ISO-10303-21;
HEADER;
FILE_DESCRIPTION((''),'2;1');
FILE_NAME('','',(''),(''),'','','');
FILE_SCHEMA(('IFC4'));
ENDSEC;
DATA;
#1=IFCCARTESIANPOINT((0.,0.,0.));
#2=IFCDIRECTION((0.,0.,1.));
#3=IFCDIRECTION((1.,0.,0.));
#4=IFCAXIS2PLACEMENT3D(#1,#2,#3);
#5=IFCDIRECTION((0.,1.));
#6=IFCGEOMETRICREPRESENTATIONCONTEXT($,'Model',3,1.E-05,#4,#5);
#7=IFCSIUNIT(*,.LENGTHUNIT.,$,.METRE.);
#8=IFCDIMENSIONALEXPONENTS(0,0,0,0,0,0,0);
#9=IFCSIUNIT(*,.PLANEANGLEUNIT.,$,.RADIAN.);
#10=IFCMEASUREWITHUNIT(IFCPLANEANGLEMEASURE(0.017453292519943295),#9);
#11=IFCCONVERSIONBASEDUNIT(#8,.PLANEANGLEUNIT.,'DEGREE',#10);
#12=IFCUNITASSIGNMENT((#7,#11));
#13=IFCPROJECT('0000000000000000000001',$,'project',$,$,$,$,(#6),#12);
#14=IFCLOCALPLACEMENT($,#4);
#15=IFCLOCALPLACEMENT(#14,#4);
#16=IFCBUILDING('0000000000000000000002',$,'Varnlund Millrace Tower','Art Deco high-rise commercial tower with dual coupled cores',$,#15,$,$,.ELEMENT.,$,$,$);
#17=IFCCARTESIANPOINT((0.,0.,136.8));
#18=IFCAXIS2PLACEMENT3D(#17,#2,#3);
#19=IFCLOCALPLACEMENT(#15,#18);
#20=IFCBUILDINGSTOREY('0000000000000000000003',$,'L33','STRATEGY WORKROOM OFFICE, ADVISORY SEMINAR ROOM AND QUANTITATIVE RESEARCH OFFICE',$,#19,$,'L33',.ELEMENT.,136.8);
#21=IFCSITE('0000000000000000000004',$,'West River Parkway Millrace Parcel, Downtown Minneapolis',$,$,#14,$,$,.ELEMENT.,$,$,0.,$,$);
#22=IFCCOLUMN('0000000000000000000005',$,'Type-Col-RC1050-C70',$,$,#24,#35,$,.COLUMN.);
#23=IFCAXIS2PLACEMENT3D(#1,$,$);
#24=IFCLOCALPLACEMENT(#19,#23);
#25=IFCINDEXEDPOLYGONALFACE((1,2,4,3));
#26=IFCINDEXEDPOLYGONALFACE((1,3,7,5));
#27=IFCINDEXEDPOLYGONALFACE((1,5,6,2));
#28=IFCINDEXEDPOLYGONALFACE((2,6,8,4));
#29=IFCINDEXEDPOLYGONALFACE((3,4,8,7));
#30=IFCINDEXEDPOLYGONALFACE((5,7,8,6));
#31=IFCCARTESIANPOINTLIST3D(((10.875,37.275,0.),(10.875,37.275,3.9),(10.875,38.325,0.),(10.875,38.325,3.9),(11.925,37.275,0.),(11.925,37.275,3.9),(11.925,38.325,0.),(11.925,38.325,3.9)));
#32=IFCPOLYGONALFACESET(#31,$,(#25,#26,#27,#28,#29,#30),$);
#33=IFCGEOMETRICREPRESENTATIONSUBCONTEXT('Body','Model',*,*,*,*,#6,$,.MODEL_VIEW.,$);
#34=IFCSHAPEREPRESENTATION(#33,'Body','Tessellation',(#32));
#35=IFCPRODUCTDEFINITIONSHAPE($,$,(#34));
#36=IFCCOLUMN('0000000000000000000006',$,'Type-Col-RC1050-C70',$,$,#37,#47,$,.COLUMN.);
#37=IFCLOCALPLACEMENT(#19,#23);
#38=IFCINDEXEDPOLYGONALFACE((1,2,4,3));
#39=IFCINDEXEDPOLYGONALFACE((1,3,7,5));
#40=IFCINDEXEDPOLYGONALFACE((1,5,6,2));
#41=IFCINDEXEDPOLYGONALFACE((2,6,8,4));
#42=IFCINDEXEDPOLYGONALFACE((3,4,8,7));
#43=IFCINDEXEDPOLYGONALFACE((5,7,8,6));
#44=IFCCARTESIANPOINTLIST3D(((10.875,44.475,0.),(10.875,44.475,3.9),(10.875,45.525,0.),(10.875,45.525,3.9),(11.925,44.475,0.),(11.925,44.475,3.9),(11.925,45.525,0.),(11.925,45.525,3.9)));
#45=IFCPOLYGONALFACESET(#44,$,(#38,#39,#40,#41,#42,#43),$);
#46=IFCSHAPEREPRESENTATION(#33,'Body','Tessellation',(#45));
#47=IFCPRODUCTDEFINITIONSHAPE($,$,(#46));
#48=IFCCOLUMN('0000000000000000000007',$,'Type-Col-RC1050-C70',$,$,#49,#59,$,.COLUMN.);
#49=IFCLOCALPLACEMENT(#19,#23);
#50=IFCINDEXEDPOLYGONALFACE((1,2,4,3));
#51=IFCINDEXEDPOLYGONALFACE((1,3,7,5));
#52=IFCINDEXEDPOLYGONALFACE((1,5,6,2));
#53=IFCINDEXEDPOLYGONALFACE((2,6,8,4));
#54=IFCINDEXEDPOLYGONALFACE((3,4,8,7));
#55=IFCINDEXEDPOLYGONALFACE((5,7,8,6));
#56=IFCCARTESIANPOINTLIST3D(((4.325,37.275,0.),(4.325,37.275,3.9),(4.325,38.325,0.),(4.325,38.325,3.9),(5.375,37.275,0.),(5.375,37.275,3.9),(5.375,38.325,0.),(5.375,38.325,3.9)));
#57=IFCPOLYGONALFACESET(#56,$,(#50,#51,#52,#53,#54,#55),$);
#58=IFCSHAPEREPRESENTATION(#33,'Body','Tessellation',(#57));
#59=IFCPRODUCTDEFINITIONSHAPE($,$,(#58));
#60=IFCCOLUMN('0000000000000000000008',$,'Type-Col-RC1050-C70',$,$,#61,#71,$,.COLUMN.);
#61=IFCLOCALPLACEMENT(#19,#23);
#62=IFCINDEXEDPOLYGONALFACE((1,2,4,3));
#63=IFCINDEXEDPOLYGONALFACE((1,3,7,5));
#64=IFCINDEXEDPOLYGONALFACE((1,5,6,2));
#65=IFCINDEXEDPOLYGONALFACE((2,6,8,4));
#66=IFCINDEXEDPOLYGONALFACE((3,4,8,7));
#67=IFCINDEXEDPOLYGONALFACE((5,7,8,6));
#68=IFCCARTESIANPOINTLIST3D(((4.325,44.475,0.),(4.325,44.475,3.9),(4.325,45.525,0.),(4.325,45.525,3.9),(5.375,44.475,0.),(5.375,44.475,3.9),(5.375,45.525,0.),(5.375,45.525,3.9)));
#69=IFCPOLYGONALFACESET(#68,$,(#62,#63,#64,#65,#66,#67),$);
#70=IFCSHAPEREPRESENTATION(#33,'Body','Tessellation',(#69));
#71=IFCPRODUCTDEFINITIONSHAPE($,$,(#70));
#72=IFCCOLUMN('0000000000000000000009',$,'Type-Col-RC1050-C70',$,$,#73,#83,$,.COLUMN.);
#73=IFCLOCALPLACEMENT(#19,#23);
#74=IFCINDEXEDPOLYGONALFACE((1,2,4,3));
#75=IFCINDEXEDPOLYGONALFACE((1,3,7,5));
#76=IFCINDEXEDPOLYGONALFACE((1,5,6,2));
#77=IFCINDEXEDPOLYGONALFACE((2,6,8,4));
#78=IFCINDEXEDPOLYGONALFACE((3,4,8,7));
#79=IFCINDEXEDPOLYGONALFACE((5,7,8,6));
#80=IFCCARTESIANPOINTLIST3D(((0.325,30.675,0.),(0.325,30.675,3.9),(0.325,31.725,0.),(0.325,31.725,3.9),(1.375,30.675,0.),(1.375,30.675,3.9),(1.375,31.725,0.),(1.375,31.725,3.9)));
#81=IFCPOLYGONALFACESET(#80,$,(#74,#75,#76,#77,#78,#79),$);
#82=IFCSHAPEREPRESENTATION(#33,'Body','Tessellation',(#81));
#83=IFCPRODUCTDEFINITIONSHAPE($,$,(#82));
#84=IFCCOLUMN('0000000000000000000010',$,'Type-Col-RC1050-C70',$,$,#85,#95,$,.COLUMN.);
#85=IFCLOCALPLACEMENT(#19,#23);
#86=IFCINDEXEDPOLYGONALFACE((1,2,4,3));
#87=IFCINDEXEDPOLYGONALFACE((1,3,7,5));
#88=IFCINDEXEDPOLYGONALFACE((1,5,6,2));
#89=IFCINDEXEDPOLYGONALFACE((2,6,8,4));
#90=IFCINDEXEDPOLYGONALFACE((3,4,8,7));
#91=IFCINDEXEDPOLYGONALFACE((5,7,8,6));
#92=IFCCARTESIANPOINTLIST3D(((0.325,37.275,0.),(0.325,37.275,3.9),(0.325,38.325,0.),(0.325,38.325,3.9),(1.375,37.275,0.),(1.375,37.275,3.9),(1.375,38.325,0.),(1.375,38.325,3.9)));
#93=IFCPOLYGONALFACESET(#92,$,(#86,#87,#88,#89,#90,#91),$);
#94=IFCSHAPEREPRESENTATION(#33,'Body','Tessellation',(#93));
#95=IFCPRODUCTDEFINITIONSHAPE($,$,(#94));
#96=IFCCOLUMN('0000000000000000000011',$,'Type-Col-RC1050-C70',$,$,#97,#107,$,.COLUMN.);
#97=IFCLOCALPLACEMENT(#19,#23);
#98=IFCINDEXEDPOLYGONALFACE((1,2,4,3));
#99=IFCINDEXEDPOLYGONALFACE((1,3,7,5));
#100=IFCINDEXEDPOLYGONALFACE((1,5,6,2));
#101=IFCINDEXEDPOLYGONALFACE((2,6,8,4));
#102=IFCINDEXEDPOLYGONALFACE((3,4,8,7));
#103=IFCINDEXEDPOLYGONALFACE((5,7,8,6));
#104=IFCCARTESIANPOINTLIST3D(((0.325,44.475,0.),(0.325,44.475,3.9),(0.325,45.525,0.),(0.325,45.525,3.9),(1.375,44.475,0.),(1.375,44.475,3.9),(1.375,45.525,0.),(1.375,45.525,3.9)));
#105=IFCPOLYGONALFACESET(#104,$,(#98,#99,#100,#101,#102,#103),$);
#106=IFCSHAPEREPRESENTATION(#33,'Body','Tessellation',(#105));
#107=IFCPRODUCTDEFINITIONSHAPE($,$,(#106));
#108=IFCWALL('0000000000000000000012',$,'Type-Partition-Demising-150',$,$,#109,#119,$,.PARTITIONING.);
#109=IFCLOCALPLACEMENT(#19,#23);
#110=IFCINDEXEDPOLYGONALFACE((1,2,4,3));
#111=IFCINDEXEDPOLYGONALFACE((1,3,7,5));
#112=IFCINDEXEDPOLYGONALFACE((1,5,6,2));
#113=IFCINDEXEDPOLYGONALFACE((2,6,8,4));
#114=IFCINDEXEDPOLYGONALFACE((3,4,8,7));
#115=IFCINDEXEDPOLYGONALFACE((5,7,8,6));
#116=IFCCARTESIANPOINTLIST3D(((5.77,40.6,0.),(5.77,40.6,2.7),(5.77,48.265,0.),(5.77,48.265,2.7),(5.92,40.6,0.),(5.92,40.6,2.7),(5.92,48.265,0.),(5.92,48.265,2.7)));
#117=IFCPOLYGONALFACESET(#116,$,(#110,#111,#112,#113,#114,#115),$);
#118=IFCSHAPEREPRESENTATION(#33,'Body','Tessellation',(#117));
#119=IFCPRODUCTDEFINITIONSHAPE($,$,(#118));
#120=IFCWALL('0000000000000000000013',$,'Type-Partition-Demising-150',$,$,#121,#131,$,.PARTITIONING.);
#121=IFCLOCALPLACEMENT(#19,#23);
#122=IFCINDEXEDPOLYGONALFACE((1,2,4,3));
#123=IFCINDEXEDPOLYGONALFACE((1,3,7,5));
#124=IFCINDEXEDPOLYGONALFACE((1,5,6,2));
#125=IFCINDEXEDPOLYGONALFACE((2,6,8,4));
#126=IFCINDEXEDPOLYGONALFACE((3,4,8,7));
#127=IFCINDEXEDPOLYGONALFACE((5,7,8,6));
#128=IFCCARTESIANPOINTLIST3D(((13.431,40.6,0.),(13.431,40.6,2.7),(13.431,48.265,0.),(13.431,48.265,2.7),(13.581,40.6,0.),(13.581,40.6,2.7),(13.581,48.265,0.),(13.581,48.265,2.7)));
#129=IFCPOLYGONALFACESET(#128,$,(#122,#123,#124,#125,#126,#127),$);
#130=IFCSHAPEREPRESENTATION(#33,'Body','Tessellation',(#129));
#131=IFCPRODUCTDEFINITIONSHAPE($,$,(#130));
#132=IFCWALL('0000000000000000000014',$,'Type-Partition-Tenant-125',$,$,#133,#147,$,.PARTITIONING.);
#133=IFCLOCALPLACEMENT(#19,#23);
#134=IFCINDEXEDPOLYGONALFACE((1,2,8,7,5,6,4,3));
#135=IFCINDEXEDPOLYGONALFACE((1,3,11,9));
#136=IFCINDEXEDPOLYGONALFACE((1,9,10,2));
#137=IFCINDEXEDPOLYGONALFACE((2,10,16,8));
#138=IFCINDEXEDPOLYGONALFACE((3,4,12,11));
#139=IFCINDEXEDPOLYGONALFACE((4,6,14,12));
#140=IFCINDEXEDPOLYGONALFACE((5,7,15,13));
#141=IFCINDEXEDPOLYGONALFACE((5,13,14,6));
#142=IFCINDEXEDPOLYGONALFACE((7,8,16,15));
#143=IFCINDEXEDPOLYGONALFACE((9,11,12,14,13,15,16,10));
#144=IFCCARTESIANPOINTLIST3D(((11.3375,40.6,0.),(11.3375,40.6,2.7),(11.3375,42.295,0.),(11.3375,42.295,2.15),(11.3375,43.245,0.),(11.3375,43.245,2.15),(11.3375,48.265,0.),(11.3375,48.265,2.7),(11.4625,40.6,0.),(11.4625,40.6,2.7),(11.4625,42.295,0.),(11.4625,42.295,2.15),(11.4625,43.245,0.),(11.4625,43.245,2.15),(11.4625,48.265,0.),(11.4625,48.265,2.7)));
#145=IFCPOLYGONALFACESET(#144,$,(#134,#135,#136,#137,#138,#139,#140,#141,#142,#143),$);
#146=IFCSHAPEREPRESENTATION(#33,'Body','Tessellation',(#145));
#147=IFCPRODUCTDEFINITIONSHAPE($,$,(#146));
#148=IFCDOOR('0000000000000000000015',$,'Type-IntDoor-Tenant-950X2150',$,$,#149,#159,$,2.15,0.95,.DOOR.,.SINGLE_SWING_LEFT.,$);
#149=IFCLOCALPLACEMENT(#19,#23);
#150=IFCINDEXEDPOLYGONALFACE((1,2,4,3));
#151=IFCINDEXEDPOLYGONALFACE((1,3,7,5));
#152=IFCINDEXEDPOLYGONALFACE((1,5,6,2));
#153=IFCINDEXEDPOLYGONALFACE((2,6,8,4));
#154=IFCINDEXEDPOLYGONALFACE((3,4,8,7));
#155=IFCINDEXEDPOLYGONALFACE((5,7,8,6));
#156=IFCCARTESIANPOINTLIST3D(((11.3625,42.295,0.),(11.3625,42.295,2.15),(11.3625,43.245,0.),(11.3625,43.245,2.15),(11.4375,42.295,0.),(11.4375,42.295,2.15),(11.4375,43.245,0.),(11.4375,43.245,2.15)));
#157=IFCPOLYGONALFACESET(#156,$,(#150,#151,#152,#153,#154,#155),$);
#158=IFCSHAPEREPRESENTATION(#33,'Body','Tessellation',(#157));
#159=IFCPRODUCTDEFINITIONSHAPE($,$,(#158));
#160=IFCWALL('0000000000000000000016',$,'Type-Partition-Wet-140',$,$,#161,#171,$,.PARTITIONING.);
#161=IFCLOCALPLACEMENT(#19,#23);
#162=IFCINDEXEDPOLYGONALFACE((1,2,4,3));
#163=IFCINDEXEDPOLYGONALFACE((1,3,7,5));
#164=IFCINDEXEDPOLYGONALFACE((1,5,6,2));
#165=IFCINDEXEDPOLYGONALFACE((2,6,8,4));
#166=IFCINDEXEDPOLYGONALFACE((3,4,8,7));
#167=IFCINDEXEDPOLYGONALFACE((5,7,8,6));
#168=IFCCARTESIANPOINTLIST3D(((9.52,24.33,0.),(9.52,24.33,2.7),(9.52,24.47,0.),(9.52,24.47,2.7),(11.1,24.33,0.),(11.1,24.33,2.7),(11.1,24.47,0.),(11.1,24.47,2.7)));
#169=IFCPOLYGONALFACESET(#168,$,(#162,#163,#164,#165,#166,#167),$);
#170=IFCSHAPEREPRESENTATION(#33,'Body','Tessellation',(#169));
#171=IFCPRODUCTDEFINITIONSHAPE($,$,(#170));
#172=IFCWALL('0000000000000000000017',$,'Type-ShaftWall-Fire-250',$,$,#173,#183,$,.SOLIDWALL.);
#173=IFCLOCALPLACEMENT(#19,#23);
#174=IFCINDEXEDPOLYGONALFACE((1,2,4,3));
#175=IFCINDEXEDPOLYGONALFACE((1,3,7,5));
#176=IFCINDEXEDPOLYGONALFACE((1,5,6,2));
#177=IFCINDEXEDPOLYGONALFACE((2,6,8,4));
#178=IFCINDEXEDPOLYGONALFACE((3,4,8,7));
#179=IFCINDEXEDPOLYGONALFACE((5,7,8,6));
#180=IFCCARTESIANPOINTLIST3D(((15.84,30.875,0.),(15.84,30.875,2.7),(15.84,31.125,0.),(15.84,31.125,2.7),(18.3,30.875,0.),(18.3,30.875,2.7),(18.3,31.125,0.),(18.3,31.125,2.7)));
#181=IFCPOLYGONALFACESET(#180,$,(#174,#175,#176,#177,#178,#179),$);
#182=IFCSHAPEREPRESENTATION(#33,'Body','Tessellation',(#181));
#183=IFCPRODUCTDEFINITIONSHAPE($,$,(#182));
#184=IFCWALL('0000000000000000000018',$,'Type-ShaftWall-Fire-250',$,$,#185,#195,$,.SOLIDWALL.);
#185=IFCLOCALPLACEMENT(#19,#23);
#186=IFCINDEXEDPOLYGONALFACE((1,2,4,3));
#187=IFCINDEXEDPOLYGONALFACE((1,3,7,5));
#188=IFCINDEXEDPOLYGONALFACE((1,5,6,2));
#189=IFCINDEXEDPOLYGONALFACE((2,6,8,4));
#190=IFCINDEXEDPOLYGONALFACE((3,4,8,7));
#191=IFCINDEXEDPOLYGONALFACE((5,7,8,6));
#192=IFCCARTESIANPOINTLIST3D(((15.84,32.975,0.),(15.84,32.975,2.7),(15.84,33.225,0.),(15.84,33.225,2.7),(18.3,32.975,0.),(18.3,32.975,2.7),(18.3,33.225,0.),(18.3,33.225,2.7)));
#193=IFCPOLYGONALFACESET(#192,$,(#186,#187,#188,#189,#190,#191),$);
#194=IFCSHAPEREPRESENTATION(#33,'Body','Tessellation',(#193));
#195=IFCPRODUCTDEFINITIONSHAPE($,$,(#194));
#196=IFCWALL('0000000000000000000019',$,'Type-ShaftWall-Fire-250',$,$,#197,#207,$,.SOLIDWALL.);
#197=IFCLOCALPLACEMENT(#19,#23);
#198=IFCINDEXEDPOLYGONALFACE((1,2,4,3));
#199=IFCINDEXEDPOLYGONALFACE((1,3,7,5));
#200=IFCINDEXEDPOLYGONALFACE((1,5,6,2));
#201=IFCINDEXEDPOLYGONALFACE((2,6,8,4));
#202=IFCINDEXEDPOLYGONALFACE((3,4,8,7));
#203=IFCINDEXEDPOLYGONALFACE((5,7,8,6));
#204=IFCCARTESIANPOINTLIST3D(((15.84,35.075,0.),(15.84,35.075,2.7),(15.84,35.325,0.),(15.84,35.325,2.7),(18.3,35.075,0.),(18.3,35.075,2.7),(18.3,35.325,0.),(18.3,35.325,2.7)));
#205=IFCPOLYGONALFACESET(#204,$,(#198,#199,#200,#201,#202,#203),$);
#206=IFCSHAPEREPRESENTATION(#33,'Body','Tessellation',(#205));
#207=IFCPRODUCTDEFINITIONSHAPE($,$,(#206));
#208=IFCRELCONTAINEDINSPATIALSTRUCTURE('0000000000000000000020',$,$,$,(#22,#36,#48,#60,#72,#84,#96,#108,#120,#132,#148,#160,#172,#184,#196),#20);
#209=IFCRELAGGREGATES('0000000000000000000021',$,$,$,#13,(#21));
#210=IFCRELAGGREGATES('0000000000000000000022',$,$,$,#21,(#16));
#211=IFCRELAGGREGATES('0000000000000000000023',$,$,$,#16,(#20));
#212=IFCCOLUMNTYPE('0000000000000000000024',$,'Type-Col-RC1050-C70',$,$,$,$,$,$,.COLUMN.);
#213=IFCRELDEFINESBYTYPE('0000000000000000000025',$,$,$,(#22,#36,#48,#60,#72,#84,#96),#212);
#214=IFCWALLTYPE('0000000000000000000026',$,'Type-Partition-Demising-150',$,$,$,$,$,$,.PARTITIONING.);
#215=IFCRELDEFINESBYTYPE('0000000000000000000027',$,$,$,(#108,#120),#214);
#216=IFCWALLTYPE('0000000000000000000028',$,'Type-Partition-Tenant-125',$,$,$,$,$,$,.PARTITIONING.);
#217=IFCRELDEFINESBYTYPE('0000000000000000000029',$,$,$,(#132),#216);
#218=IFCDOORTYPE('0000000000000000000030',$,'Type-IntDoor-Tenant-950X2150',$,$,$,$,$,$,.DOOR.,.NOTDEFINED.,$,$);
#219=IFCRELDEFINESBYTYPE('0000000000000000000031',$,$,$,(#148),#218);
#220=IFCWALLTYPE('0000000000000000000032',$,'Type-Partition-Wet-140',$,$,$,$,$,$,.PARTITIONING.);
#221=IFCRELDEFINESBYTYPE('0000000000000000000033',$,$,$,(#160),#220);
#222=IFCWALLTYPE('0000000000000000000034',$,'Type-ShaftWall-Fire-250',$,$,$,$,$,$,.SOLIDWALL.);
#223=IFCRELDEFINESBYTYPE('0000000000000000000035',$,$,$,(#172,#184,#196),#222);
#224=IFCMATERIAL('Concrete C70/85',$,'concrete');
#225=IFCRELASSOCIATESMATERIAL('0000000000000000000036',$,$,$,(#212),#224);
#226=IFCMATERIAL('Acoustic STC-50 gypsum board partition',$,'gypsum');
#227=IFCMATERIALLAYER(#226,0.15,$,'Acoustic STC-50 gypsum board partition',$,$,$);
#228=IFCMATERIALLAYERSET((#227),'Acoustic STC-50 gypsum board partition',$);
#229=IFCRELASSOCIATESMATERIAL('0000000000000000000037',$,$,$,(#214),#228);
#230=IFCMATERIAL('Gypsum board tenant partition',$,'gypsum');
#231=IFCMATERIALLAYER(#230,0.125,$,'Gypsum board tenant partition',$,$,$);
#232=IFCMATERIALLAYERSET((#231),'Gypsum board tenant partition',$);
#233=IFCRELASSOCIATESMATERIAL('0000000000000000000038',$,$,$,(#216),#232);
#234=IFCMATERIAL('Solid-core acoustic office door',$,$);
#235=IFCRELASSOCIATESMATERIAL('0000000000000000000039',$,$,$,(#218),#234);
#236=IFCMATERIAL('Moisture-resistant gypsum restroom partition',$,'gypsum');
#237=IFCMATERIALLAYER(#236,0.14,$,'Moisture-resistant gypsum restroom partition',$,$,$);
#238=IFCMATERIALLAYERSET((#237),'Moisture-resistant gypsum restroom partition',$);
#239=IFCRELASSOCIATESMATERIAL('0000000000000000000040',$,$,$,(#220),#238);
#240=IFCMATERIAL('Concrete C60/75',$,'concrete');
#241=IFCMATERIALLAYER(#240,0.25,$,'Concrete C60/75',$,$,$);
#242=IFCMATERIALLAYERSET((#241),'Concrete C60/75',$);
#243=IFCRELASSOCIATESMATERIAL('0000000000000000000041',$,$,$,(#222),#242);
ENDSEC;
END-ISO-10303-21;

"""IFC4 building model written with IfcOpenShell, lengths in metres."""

from ifc_helpers import new_model, entity, si_unit, converted_unit, direction, frame, origin_with_axes, origin_2d_with_axis, place, context, subcontext, project, spatial, polyline, rectangle, outline, extrude, material, layer, layer_set, material_profile, profile_set, type_object, element, fill, save


model = new_model("IFC4")

# Units and contexts
model_context = context("Model", 3, precision=1e-05, world=origin_with_axes(), true_north=direction((0.0, 1.0)))
body_context = subcontext(model_context, "Body", "Model", "MODEL_VIEW")
ifc_project = project(units=[si_unit("LENGTHUNIT", "METRE"), converted_unit("PLANEANGLEUNIT", "DEGREE", entity("IfcPlaneAngleMeasure", 0.017453292519943295), si_unit("PLANEANGLEUNIT", "RADIAN"), dimensions=[0, 0, 0, 0, 0, 0, 0])], contexts=[model_context])

# Site, building, storey
site_placement = place(None, origin_with_axes())
site = spatial("IfcSite", under=ifc_project, at=site_placement, Name="West River Parkway Millrace Parcel, Downtown Minneapolis", CompositionType="ELEMENT", RefElevation=0.0)
building_placement = place(site_placement, origin_with_axes())
building = spatial("IfcBuilding", under=site, at=building_placement, Name="Varnlund Millrace Tower", Description="Art Deco high-rise commercial tower with dual coupled cores", CompositionType="ELEMENT")
storey_placement = place(building_placement, frame((0.0, 0.0, 136.8), z_axis=(0.0, 0.0, 1.0), x_axis=(1.0, 0.0, 0.0)))
storey = spatial("IfcBuildingStorey", under=building, at=storey_placement, Name="L33", Description="STRATEGY WORKROOM OFFICE, ADVISORY SEMINAR ROOM AND QUANTITATIVE RESEARCH OFFICE", LongName="L33", CompositionType="ELEMENT", Elevation=136.8)

# Columns
ifc_material_1 = material(Name="Concrete C70/85", Category="concrete")
ifc_material_profile = material_profile(ifc_material_1, rectangle(XDim=1.05, YDim=1.05, at=origin_2d_with_axis()), Name="Concrete C70/85")
ifc_profile_set = profile_set([ifc_material_profile], Name="Concrete C70/85")
column_type = type_object("IfcColumnType", Name="Type-Col-RC1050-C70", PredefinedType="COLUMN", material=ifc_profile_set)
for number, where, z_axis, x_axis, name in (
    (1, (11.4, 37.8, 0.0), (0.0, 0.0, 1.0), (1.0, 0.0, 0.0), "Type-Col-RC1050-C70"),
    (2, (11.4, 45.0, 0.0), (0.0, 0.0, 1.0), (1.0, 0.0, 0.0), "Type-Col-RC1050-C70"),
    (3, (4.85, 37.8, 0.0), (0.0, 0.0, 1.0), (1.0, 0.0, 0.0), "Type-Col-RC1050-C70"),
    (4, (4.85, 45.0, 0.0), (0.0, 0.0, 1.0), (1.0, 0.0, 0.0), "Type-Col-RC1050-C70"),
    (5, (0.85, 31.2, 0.0), (0.0, 0.0, 1.0), (1.0, 0.0, 0.0), "Type-Col-RC1050-C70"),
    (6, (0.85, 37.8, 0.0), (0.0, 0.0, 1.0), (1.0, 0.0, 0.0), "Type-Col-RC1050-C70"),
    (7, (0.85, 45.0, 0.0), (0.0, 0.0, 1.0), (1.0, 0.0, 0.0), "Type-Col-RC1050-C70"),
):
    element("IfcColumn", number, at=place(storey_placement, frame(where, z_axis=z_axis, x_axis=x_axis)), inside=storey, type_object=column_type, Name=name, PredefinedType="COLUMN", context=body_context, shape_type="SweptSolid", body=[
        extrude(rectangle(XDim=1.05, YDim=1.05, at=origin_2d_with_axis()), origin_with_axes(), (0.0, 0.0, 1.0), 3.9),
    ])

# Walls
ifc_material_2 = material(Name="Acoustic STC-50 gypsum board partition", Category="gypsum")
ifc_layer_1 = layer(ifc_material_2, 0.15, Name="Acoustic STC-50 gypsum board partition")
ifc_layer_set_1 = layer_set([ifc_layer_1], Name="Acoustic STC-50 gypsum board partition")
wall_type_1 = type_object("IfcWallType", Name="Type-Partition-Demising-150", PredefinedType="PARTITIONING", material=ifc_layer_set_1)
for number, where, z_axis, x_axis, name in (
    (8, (5.845, 40.6, 0.0), (0.0, 0.0, 1.0), (0.0, 1.0, 0.0), "Type-Partition-Demising-150"),
    (9, (13.506, 40.6, 0.0), (0.0, 0.0, 1.0), (0.0, 1.0, 0.0), "Type-Partition-Demising-150"),
):
    element("IfcWall", number, at=place(storey_placement, frame(where, z_axis=z_axis, x_axis=x_axis)), inside=storey, type_object=wall_type_1, Name=name, PredefinedType="PARTITIONING", context=body_context, shape_type="SweptSolid", body=[
        extrude(outline(polyline([(0.0, -0.075), (7.665, -0.075), (7.665, 0.075), (0.0, 0.075), (0.0, -0.075)])), origin_with_axes(), (0.0, 0.0, 1.0), 2.7),
    ])

# Wall, opening, door
ifc_material_3 = material(Name="Gypsum board tenant partition", Category="gypsum")
ifc_layer_2 = layer(ifc_material_3, 0.125, Name="Gypsum board tenant partition")
ifc_layer_set_2 = layer_set([ifc_layer_2], Name="Gypsum board tenant partition")
wall_type_2 = type_object("IfcWallType", Name="Type-Partition-Tenant-125", PredefinedType="PARTITIONING", material=ifc_layer_set_2)
wall_1_placement = place(storey_placement, frame((11.4, 40.6, 0.0), z_axis=(0.0, 0.0, 1.0), x_axis=(0.0, 1.0, 0.0)))
wall_1 = element("IfcWall", 10, at=wall_1_placement, inside=storey, type_object=wall_type_2, Name="Type-Partition-Tenant-125", PredefinedType="PARTITIONING", context=body_context, shape_type="SweptSolid", body=[
    extrude(outline(polyline([(0.0, -0.0625), (7.665, -0.0625), (7.665, 0.0625), (0.0, 0.0625), (0.0, -0.0625)])), origin_with_axes(), (0.0, 0.0, 1.0), 2.7),
])
opening_1_placement = place(wall_1_placement, frame((2.17, 0.0, 0.0), z_axis=(0.0, 0.0, 1.0), x_axis=(1.0, 0.0, 0.0)))
opening_1 = element("IfcOpeningElement", 11, at=opening_1_placement, cuts=wall_1, PredefinedType="OPENING", context=body_context, shape_type="SweptSolid", body=[
    extrude(rectangle(XDim=0.95, YDim=0.145, at=origin_2d_with_axis()), origin_with_axes(), (0.0, 0.0, 1.0), 2.15),
])
ifc_material_4 = material(Name="Solid-core acoustic office door")
door_type_1 = type_object("IfcDoorType", Name="Type-IntDoor-Tenant-950X2150", OperationType="NOTDEFINED", PredefinedType="DOOR", material=ifc_material_4)
door_1_placement = place(wall_1_placement, frame((2.17, 0.0, 0.0), z_axis=(0.0, 0.0, 1.0), x_axis=(1.0, 0.0, 0.0)))
door_1 = element("IfcDoor", 12, at=door_1_placement, inside=storey, type_object=door_type_1, Name="Type-IntDoor-Tenant-950X2150", OperationType="SINGLE_SWING_LEFT", OverallHeight=2.15, OverallWidth=0.95, PredefinedType="DOOR", context=body_context, shape_type="SweptSolid", body=[
    extrude(rectangle(XDim=0.95, YDim=0.075, at=origin_2d_with_axis()), origin_with_axes(), (0.0, 0.0, 1.0), 2.15),
])
fill(opening_1, door_1)

# Walls
ifc_material_5 = material(Name="Moisture-resistant gypsum restroom partition", Category="gypsum")
ifc_layer_3 = layer(ifc_material_5, 0.14, Name="Moisture-resistant gypsum restroom partition")
ifc_layer_set_3 = layer_set([ifc_layer_3], Name="Moisture-resistant gypsum restroom partition")
wall_type_3 = type_object("IfcWallType", Name="Type-Partition-Wet-140", PredefinedType="PARTITIONING", material=ifc_layer_set_3)
wall_2_placement = place(storey_placement, frame((9.52, 24.4, 0.0), z_axis=(0.0, 0.0, 1.0), x_axis=(1.0, 0.0, 0.0)))
element("IfcWall", 13, at=wall_2_placement, inside=storey, type_object=wall_type_3, Name="Type-Partition-Wet-140", PredefinedType="PARTITIONING", context=body_context, shape_type="SweptSolid", body=[
    extrude(outline(polyline([(0.0, -0.07), (1.58, -0.07), (1.58, 0.07), (0.0, 0.07), (0.0, -0.07)])), origin_with_axes(), (0.0, 0.0, 1.0), 2.7),
])
ifc_material_6 = material(Name="Concrete C60/75", Category="concrete")
ifc_layer_4 = layer(ifc_material_6, 0.25, Name="Concrete C60/75")
ifc_layer_set_4 = layer_set([ifc_layer_4], Name="Concrete C60/75")
wall_type_4 = type_object("IfcWallType", Name="Type-ShaftWall-Fire-250", PredefinedType="SOLIDWALL", material=ifc_layer_set_4)
for number, where, z_axis, x_axis, name in (
    (14, (15.84, 31.0, 0.0), (0.0, 0.0, 1.0), (1.0, 0.0, 0.0), "Type-ShaftWall-Fire-250"),
    (15, (15.84, 33.1, 0.0), (0.0, 0.0, 1.0), (1.0, 0.0, 0.0), "Type-ShaftWall-Fire-250"),
    (16, (15.84, 35.2, 0.0), (0.0, 0.0, 1.0), (1.0, 0.0, 0.0), "Type-ShaftWall-Fire-250"),
):
    element("IfcWall", number, at=place(storey_placement, frame(where, z_axis=z_axis, x_axis=x_axis)), inside=storey, type_object=wall_type_4, Name=name, PredefinedType="SOLIDWALL", context=body_context, shape_type="SweptSolid", body=[
        extrude(outline(polyline([(0.0, -0.125), (2.46, -0.125), (2.46, 0.125), (0.0, 0.125), (0.0, -0.125)])), origin_with_axes(), (0.0, 0.0, 1.0), 2.7),
    ])

save(model, "model.ifc")
